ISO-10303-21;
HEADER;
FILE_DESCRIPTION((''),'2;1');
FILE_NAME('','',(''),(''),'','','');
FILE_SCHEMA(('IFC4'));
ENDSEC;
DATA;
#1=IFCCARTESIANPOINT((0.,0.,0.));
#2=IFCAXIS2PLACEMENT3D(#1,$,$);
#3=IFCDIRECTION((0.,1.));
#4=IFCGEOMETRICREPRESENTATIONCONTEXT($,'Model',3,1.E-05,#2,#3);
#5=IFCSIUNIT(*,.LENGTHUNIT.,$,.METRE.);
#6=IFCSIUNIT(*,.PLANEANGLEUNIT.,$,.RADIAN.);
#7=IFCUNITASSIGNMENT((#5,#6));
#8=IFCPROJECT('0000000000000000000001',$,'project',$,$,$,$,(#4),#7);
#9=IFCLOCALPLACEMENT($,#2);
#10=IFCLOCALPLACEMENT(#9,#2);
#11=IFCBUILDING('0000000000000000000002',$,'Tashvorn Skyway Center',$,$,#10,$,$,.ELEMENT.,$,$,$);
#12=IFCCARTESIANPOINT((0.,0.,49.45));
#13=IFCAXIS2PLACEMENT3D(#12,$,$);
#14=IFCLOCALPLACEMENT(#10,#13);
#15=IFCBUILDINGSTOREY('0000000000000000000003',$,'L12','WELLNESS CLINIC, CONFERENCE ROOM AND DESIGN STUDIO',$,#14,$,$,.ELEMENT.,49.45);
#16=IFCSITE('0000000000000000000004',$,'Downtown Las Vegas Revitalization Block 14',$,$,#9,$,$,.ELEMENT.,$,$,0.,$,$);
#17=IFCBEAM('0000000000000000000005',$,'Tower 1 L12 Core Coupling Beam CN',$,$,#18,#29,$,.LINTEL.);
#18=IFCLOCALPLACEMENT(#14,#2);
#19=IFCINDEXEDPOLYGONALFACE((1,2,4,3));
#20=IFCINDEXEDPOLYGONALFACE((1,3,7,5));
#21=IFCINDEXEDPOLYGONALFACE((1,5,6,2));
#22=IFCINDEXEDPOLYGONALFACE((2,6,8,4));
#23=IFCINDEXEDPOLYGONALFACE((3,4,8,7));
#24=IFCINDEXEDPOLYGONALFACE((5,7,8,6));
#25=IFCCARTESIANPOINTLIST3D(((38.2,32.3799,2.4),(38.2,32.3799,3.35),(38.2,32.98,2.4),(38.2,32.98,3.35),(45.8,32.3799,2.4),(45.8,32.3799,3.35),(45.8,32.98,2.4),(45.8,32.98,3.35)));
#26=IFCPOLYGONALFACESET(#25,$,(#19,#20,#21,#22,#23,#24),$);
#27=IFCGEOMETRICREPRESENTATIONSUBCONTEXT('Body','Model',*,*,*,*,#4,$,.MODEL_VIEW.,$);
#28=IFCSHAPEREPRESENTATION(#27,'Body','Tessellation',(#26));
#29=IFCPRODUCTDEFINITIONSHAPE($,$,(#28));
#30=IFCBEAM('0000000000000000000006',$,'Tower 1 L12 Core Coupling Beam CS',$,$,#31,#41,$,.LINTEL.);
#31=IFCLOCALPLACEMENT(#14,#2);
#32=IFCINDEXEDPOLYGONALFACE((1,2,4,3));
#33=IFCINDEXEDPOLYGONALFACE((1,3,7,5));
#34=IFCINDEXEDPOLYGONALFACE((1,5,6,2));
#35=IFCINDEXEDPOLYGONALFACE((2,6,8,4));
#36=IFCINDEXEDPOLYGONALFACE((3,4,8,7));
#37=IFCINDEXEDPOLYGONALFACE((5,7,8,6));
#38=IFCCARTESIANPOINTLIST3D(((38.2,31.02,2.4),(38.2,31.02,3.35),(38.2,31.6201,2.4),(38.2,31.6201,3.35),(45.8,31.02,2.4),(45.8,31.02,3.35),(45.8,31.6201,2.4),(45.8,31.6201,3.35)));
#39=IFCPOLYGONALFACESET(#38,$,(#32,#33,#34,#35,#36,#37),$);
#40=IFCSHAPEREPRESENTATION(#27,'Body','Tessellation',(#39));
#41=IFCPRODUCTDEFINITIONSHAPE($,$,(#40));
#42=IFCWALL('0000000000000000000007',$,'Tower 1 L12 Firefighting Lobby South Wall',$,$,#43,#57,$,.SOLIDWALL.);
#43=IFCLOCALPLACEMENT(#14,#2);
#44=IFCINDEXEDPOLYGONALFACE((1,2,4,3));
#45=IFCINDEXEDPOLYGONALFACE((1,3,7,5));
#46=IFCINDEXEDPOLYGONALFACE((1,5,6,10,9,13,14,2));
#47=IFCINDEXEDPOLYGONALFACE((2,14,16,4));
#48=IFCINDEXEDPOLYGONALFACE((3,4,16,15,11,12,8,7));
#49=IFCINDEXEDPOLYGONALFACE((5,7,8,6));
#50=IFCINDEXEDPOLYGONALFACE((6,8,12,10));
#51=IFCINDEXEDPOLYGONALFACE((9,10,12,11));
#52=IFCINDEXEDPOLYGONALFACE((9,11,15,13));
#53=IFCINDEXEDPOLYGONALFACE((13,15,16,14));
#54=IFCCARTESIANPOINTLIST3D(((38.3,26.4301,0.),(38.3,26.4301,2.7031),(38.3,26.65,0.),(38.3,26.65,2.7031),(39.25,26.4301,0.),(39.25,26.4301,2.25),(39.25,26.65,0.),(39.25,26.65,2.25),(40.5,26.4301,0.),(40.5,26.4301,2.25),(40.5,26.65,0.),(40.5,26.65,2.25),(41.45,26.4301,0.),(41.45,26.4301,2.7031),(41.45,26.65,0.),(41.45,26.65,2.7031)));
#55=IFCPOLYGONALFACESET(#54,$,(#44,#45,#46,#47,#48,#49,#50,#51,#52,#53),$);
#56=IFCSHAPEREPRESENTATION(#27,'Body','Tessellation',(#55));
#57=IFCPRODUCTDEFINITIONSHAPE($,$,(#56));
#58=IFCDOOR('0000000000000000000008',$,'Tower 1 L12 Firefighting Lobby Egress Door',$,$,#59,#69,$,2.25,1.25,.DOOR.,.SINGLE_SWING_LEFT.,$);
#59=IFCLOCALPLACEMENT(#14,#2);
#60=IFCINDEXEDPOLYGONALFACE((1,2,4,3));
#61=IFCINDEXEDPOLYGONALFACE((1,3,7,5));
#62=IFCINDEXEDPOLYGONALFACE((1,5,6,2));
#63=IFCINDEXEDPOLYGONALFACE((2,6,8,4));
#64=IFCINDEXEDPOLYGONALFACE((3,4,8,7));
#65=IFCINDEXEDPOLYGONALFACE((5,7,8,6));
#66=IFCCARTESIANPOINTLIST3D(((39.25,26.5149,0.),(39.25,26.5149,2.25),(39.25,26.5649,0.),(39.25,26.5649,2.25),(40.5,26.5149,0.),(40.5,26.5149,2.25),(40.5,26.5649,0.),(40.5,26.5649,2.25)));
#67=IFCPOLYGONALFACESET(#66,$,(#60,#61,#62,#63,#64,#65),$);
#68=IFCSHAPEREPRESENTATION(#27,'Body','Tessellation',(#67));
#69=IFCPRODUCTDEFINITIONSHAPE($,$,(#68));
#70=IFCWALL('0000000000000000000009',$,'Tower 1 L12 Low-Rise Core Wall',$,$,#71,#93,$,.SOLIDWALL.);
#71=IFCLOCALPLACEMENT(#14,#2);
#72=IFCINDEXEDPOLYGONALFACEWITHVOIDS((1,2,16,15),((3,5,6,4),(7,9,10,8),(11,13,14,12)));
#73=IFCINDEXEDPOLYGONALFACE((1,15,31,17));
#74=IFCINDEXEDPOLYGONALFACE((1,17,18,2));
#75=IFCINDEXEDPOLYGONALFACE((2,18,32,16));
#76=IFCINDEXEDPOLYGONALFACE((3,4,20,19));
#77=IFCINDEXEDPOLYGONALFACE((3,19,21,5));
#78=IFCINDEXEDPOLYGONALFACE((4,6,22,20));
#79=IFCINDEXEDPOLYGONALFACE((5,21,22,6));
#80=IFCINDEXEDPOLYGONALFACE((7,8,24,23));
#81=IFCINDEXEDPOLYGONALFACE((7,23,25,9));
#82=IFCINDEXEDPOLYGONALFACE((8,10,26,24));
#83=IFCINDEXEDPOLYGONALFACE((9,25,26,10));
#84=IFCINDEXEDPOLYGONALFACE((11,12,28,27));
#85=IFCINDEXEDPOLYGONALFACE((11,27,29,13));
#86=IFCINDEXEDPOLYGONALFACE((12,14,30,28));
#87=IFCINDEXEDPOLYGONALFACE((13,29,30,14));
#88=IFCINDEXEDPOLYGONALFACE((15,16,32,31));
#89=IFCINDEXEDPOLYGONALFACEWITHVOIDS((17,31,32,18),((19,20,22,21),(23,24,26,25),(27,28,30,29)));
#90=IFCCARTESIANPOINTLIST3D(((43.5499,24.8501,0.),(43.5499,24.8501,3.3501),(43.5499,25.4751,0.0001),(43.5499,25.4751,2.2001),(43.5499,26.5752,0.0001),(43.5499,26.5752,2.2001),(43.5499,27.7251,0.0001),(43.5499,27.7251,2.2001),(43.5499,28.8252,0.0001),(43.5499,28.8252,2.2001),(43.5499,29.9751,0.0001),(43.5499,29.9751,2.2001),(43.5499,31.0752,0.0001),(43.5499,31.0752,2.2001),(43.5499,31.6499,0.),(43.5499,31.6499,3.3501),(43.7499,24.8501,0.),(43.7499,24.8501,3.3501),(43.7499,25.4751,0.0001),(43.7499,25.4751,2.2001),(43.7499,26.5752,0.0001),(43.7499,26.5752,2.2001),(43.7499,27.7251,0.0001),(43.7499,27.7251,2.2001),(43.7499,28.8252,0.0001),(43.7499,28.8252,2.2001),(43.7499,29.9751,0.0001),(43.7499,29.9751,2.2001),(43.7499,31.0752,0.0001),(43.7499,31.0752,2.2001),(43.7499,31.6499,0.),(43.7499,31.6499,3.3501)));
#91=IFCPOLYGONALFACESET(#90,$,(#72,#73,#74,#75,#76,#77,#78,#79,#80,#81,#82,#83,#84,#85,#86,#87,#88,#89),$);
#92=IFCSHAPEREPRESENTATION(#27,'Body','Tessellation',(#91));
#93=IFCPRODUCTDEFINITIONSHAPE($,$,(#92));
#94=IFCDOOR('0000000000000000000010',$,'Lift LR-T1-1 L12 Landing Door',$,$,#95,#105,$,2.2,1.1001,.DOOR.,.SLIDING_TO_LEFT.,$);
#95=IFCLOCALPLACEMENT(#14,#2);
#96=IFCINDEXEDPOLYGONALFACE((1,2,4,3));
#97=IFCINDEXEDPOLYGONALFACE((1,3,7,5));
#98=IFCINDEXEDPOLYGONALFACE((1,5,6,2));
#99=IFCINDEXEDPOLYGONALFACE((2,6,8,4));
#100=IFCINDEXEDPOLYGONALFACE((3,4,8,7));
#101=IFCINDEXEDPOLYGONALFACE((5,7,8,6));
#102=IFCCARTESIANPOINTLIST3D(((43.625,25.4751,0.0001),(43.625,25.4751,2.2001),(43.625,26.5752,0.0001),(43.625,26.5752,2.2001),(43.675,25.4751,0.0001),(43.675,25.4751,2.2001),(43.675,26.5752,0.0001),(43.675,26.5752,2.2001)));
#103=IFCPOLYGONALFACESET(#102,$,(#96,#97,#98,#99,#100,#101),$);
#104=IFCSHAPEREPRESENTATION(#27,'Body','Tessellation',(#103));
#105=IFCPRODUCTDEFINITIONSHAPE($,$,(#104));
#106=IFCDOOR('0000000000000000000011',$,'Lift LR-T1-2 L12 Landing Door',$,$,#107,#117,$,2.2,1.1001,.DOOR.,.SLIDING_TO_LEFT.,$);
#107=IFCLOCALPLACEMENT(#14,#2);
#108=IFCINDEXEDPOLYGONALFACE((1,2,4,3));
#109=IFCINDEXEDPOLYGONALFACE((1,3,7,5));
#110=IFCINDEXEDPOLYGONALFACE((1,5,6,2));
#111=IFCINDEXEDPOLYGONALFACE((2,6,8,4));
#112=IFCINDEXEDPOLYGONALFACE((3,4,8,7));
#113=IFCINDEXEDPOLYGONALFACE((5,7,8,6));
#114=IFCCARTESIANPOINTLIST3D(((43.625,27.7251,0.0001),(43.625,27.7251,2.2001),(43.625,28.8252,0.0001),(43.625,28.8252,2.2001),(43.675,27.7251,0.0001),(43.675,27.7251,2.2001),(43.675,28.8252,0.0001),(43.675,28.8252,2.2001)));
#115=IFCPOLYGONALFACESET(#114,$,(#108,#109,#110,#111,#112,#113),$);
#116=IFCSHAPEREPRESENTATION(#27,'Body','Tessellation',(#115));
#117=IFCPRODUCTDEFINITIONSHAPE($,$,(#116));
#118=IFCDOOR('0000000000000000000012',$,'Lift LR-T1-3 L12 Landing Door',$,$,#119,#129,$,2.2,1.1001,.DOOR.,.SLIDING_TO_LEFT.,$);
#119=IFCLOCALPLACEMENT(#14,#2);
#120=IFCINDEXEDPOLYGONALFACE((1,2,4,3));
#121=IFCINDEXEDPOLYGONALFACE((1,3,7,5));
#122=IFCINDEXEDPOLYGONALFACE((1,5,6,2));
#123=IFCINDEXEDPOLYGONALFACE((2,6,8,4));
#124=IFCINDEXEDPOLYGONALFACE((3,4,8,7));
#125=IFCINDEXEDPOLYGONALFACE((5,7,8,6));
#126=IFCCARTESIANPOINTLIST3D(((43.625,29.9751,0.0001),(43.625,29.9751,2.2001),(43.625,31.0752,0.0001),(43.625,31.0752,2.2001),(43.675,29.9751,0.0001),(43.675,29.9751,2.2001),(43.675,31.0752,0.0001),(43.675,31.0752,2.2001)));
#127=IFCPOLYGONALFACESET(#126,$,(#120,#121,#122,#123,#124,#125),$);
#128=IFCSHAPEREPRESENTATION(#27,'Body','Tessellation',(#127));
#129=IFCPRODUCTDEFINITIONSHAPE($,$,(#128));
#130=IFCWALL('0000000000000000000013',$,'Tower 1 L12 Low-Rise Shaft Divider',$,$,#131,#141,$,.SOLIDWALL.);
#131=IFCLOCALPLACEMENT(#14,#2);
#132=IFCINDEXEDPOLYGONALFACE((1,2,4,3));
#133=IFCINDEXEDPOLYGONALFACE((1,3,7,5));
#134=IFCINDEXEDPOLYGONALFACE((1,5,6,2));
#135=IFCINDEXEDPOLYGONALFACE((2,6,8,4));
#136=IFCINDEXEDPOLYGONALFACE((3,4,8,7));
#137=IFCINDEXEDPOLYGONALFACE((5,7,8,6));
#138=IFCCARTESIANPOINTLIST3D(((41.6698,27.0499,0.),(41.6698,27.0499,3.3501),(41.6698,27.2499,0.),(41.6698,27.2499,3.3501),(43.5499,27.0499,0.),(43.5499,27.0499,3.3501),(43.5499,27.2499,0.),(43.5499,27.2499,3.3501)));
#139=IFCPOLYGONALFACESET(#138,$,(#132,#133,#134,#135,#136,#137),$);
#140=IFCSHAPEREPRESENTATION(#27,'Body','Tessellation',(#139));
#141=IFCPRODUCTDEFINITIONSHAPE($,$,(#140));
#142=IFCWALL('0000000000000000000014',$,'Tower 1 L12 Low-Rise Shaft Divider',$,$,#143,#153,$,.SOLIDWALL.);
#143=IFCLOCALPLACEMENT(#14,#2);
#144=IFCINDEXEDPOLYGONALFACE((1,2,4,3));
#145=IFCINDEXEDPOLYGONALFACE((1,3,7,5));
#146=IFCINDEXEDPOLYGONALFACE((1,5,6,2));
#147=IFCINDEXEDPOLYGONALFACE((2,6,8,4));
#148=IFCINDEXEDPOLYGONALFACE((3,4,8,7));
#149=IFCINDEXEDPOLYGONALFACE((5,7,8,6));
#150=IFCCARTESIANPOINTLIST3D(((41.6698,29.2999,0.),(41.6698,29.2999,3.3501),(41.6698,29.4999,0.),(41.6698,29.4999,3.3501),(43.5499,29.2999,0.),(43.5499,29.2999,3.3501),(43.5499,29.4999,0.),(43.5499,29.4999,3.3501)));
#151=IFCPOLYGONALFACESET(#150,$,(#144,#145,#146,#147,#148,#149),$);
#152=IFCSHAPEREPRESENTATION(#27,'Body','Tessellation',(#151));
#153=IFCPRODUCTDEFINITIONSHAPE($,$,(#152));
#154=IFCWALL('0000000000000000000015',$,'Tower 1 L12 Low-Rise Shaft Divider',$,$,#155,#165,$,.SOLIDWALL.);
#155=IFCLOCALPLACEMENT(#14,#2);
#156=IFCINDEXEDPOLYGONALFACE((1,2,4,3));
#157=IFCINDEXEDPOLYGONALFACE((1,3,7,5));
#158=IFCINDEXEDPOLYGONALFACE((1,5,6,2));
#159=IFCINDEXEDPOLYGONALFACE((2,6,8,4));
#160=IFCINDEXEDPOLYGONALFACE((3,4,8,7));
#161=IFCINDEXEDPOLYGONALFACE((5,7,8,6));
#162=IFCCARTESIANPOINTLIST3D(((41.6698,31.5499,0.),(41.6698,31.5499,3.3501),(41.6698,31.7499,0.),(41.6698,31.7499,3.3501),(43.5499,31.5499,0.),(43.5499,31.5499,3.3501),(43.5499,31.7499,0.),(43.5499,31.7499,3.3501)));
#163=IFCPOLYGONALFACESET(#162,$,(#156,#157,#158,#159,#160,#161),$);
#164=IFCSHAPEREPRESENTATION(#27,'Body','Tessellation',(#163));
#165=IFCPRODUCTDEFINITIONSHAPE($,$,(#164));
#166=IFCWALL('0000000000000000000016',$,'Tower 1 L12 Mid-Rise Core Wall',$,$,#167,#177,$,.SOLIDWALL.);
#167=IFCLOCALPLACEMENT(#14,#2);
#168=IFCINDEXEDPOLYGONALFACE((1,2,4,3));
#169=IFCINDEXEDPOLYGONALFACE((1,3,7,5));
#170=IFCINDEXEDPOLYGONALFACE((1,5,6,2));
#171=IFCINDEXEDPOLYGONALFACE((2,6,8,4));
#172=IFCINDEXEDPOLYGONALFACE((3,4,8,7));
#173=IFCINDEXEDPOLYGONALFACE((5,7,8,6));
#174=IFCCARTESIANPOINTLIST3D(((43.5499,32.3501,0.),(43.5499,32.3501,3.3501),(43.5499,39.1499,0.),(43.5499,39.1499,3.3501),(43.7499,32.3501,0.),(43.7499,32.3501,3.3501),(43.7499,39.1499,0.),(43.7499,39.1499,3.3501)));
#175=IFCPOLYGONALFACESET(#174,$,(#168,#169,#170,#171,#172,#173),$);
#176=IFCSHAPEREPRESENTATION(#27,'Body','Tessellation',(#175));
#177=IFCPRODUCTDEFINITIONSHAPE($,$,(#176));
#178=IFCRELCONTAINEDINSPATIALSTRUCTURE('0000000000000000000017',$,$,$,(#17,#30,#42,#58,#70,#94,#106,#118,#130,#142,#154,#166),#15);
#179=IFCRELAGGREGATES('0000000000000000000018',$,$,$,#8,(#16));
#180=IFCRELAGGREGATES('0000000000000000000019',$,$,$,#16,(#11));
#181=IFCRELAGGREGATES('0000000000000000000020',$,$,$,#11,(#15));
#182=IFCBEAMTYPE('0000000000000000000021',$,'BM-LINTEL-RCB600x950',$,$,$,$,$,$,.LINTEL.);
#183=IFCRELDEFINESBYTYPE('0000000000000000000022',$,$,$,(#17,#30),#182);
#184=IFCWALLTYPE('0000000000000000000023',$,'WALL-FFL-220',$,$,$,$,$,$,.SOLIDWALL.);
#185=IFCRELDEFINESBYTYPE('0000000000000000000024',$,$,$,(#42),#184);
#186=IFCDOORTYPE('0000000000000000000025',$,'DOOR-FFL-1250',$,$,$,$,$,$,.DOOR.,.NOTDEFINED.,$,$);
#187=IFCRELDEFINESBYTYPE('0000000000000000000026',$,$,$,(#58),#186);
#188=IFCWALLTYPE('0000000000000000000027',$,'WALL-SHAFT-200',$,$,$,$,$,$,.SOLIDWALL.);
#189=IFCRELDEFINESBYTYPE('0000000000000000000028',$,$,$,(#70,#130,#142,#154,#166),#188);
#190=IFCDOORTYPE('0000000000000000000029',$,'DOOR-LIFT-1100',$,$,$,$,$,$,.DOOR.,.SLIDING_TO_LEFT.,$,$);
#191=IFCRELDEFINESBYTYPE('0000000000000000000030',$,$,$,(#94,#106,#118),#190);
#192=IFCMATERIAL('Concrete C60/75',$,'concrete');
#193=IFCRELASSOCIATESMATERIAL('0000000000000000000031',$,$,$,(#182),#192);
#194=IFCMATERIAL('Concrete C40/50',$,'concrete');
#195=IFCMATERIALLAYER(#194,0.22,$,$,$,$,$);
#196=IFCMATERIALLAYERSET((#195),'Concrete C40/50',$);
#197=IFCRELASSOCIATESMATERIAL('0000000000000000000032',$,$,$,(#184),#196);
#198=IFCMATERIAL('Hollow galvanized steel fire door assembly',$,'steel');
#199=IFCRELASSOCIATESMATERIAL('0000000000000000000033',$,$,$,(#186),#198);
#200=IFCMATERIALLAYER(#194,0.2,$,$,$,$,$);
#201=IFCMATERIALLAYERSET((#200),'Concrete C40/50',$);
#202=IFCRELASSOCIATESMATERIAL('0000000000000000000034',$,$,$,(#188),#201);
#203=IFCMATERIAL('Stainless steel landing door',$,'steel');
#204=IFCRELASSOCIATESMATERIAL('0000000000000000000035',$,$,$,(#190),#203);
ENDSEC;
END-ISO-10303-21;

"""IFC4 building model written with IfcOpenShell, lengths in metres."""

from ifc_helpers import new_model, si_unit, direction, frame, frame_2d, origin, origin_2d, place, context, subcontext, project, spatial, rectangle, extrude, material, layer, layer_set, material_profile, profile_set, type_object, element, fill, save


model = new_model("IFC4")

# Units and contexts
model_context = context("Model", 3, precision=1e-05, world=origin(), true_north=direction((0.0, 1.0)))
body_context = subcontext(model_context, "Body", "Model", "MODEL_VIEW")
ifc_project = project(units=[si_unit("LENGTHUNIT", "METRE"), si_unit("PLANEANGLEUNIT", "RADIAN")], contexts=[model_context])

# Site, building, storey
site_placement = place(None, origin())
site = spatial("IfcSite", under=ifc_project, at=site_placement, Name="Downtown Las Vegas Revitalization Block 14", CompositionType="ELEMENT", RefElevation=0.0)
building_placement = place(site_placement, origin())
building = spatial("IfcBuilding", under=site, at=building_placement, Name="Tashvorn Skyway Center", CompositionType="ELEMENT")
storey_placement = place(building_placement, frame((0.0, 0.0, 49.45)))
storey = spatial("IfcBuildingStorey", under=building, at=storey_placement, Name="L12", Description="WELLNESS CLINIC, CONFERENCE ROOM AND DESIGN STUDIO", CompositionType="ELEMENT", Elevation=49.45)

# Beams
ifc_material_1 = material(Name="Concrete C60/75", Category="concrete")
ifc_material_profile = material_profile(ifc_material_1, rectangle(XDim=0.6001, YDim=0.95, at=origin_2d()), Name="RCB600x950")
ifc_profile_set = profile_set([ifc_material_profile], Name="Concrete C60/75")
beam_type = type_object("IfcBeamType", Name="BM-LINTEL-RCB600x950", PredefinedType="LINTEL", material=ifc_profile_set)
for number, where, z_axis, x_axis, name in (
    (1, (38.2, 32.6799, 2.875), (1.0, 0.0, 0.0), (0.0, 1.0, 0.0), "Tower 1 L12 Core Coupling Beam CN"),
    (2, (38.2, 31.3201, 2.875), (1.0, 0.0, 0.0), (0.0, 1.0, 0.0), "Tower 1 L12 Core Coupling Beam CS"),
):
    element("IfcBeam", number, at=place(storey_placement, frame(where, z_axis=z_axis, x_axis=x_axis)), inside=storey, type_object=beam_type, Name=name, PredefinedType="LINTEL", context=body_context, shape_type="SweptSolid", body=[
        extrude(rectangle(XDim=0.6001, YDim=0.95, at=origin_2d()), origin(), (0.0, 0.0, 1.0), 7.6001),
    ])

# Wall, opening, door
ifc_material_2 = material(Name="Concrete C40/50", Category="concrete")
ifc_layer_1 = layer(ifc_material_2, 0.22)
ifc_layer_set_1 = layer_set([ifc_layer_1], Name="Concrete C40/50")
wall_type_1 = type_object("IfcWallType", Name="WALL-FFL-220", PredefinedType="SOLIDWALL", material=ifc_layer_set_1)
wall_1_placement = place(storey_placement, frame((38.3, 26.54, 0.0), z_axis=(0.0, 0.0, 1.0), x_axis=(1.0, 0.0, 0.0)))
wall_1 = element("IfcWall", 3, at=wall_1_placement, inside=storey, type_object=wall_type_1, Name="Tower 1 L12 Firefighting Lobby South Wall", PredefinedType="SOLIDWALL", context=body_context, shape_type="SweptSolid", body=[
    extrude(rectangle(XDim=3.1499, YDim=0.22, at=frame_2d((1.575, 0.0))), origin(), (0.0, 0.0, 1.0), 2.7031),
])
opening_1_placement = place(wall_1_placement, frame((0.95, 0.0, 0.0)))
opening_1 = element("IfcOpeningElement", 4, at=opening_1_placement, cuts=wall_1, PredefinedType="OPENING", context=body_context, shape_type="SweptSolid", body=[
    extrude(rectangle(XDim=1.25, YDim=2.25, at=frame_2d((0.625, 1.125))), frame((0.0, 0.1199, 0.0), z_axis=(0.0, -1.0, 0.0), x_axis=(1.0, 0.0, 0.0)), (0.0, 0.0, 1.0), 0.24),
])
ifc_material_3 = material(Name="Hollow galvanized steel fire door assembly", Category="steel")
door_type_1 = type_object("IfcDoorType", Name="DOOR-FFL-1250", OperationType="NOTDEFINED", PredefinedType="DOOR", material=ifc_material_3)
door_1_placement = place(opening_1_placement, origin())
door_1 = element("IfcDoor", 5, at=door_1_placement, inside=storey, type_object=door_type_1, Name="Tower 1 L12 Firefighting Lobby Egress Door", OperationType="SINGLE_SWING_LEFT", OverallHeight=2.25, OverallWidth=1.25, PredefinedType="DOOR", context=body_context, shape_type="SweptSolid", body=[
    extrude(rectangle(XDim=1.25, YDim=2.25, at=frame_2d((0.625, 1.125))), frame((0.0, 0.0249, 0.0), z_axis=(0.0, -1.0, 0.0), x_axis=(1.0, 0.0, 0.0)), (0.0, 0.0, 1.0), 0.05),
])
fill(opening_1, door_1)

# Wall, openings, doors
ifc_layer_2 = layer(ifc_material_2, 0.2)
ifc_layer_set_2 = layer_set([ifc_layer_2], Name="Concrete C40/50")
wall_type_2 = type_object("IfcWallType", Name="WALL-SHAFT-200", PredefinedType="SOLIDWALL", material=ifc_layer_set_2)
wall_2_placement = place(storey_placement, frame((43.6499, 24.8501, 0.0), z_axis=(0.0, 0.0, 1.0), x_axis=(0.0, 1.0, 0.0)))
wall_2 = element("IfcWall", 6, at=wall_2_placement, inside=storey, type_object=wall_type_2, Name="Tower 1 L12 Low-Rise Core Wall", PredefinedType="SOLIDWALL", context=body_context, shape_type="SweptSolid", body=[
    extrude(rectangle(XDim=6.7998, YDim=0.2, at=frame_2d((3.3999, 0.0))), origin(), (0.0, 0.0, 1.0), 3.3501),
])
opening_2_placement = place(wall_2_placement, frame((0.625, 0.0, 0.0)))
opening_2 = element("IfcOpeningElement", 7, at=opening_2_placement, cuts=wall_2, PredefinedType="OPENING", context=body_context, shape_type="SweptSolid", body=[
    extrude(rectangle(XDim=1.1001, YDim=2.2, at=frame_2d((0.55, 1.1001))), frame((0.0, 0.1099, 0.0), z_axis=(0.0, -1.0, 0.0), x_axis=(1.0, 0.0, 0.0)), (0.0, 0.0, 1.0), 0.22),
])
opening_3_placement = place(wall_2_placement, frame((2.875, 0.0, 0.0)))
opening_3 = element("IfcOpeningElement", 8, at=opening_3_placement, cuts=wall_2, PredefinedType="OPENING", context=body_context, shape_type="SweptSolid", body=[
    extrude(rectangle(XDim=1.1001, YDim=2.2, at=frame_2d((0.55, 1.1001))), frame((0.0, 0.1099, 0.0), z_axis=(0.0, -1.0, 0.0), x_axis=(1.0, 0.0, 0.0)), (0.0, 0.0, 1.0), 0.22),
])
opening_4_placement = place(wall_2_placement, frame((5.125, 0.0, 0.0)))
opening_4 = element("IfcOpeningElement", 9, at=opening_4_placement, cuts=wall_2, PredefinedType="OPENING", context=body_context, shape_type="SweptSolid", body=[
    extrude(rectangle(XDim=1.1001, YDim=2.2, at=frame_2d((0.55, 1.1001))), frame((0.0, 0.1099, 0.0), z_axis=(0.0, -1.0, 0.0), x_axis=(1.0, 0.0, 0.0)), (0.0, 0.0, 1.0), 0.22),
])
ifc_material_4 = material(Name="Stainless steel landing door", Category="steel")
door_type_2 = type_object("IfcDoorType", Name="DOOR-LIFT-1100", OperationType="SLIDING_TO_LEFT", PredefinedType="DOOR", material=ifc_material_4)
door_2_placement = place(opening_2_placement, origin())
door_2 = element("IfcDoor", 10, at=door_2_placement, inside=storey, type_object=door_type_2, Name="Lift LR-T1-1 L12 Landing Door", OperationType="SLIDING_TO_LEFT", OverallHeight=2.2, OverallWidth=1.1001, PredefinedType="DOOR", context=body_context, shape_type="SweptSolid", body=[
    extrude(rectangle(XDim=1.1001, YDim=2.2, at=frame_2d((0.55, 1.1001))), frame((0.0, 0.0249, 0.0), z_axis=(0.0, -1.0, 0.0), x_axis=(1.0, 0.0, 0.0)), (0.0, 0.0, 1.0), 0.05),
])
fill(opening_2, door_2)
door_3_placement = place(opening_3_placement, origin())
door_3 = element("IfcDoor", 11, at=door_3_placement, inside=storey, type_object=door_type_2, Name="Lift LR-T1-2 L12 Landing Door", OperationType="SLIDING_TO_LEFT", OverallHeight=2.2, OverallWidth=1.1001, PredefinedType="DOOR", context=body_context, shape_type="SweptSolid", body=[
    extrude(rectangle(XDim=1.1001, YDim=2.2, at=frame_2d((0.55, 1.1001))), frame((0.0, 0.0249, 0.0), z_axis=(0.0, -1.0, 0.0), x_axis=(1.0, 0.0, 0.0)), (0.0, 0.0, 1.0), 0.05),
])
fill(opening_3, door_3)
door_4_placement = place(opening_4_placement, origin())
door_4 = element("IfcDoor", 12, at=door_4_placement, inside=storey, type_object=door_type_2, Name="Lift LR-T1-3 L12 Landing Door", OperationType="SLIDING_TO_LEFT", OverallHeight=2.2, OverallWidth=1.1001, PredefinedType="DOOR", context=body_context, shape_type="SweptSolid", body=[
    extrude(rectangle(XDim=1.1001, YDim=2.2, at=frame_2d((0.55, 1.1001))), frame((0.0, 0.0249, 0.0), z_axis=(0.0, -1.0, 0.0), x_axis=(1.0, 0.0, 0.0)), (0.0, 0.0, 1.0), 0.05),
])
fill(opening_4, door_4)

# Walls
for number, where, z_axis, x_axis, name in (
    (13, (41.6699, 27.1499, 0.0), (0.0, 0.0, 1.0), (1.0, 0.0, 0.0), "Tower 1 L12 Low-Rise Shaft Divider"),
    (14, (41.6699, 29.3999, 0.0), (0.0, 0.0, 1.0), (1.0, 0.0, 0.0), "Tower 1 L12 Low-Rise Shaft Divider"),
    (15, (41.6699, 31.6499, 0.0), (0.0, 0.0, 1.0), (1.0, 0.0, 0.0), "Tower 1 L12 Low-Rise Shaft Divider"),
):
    element("IfcWall", number, at=place(storey_placement, frame(where, z_axis=z_axis, x_axis=x_axis)), inside=storey, type_object=wall_type_2, Name=name, PredefinedType="SOLIDWALL", context=body_context, shape_type="SweptSolid", body=[
        extrude(rectangle(XDim=1.8801, YDim=0.2, at=frame_2d((0.9399, 0.0))), origin(), (0.0, 0.0, 1.0), 3.3501),
    ])
wall_3_placement = place(storey_placement, frame((43.6499, 32.3501, 0.0), z_axis=(0.0, 0.0, 1.0), x_axis=(0.0, 1.0, 0.0)))
element("IfcWall", 16, at=wall_3_placement, inside=storey, type_object=wall_type_2, Name="Tower 1 L12 Mid-Rise Core Wall", PredefinedType="SOLIDWALL", context=body_context, shape_type="SweptSolid", body=[
    extrude(rectangle(XDim=6.7998, YDim=0.2, at=frame_2d((3.3999, 0.0))), origin(), (0.0, 0.0, 1.0), 3.3501),
])

save(model, "model.ifc")
